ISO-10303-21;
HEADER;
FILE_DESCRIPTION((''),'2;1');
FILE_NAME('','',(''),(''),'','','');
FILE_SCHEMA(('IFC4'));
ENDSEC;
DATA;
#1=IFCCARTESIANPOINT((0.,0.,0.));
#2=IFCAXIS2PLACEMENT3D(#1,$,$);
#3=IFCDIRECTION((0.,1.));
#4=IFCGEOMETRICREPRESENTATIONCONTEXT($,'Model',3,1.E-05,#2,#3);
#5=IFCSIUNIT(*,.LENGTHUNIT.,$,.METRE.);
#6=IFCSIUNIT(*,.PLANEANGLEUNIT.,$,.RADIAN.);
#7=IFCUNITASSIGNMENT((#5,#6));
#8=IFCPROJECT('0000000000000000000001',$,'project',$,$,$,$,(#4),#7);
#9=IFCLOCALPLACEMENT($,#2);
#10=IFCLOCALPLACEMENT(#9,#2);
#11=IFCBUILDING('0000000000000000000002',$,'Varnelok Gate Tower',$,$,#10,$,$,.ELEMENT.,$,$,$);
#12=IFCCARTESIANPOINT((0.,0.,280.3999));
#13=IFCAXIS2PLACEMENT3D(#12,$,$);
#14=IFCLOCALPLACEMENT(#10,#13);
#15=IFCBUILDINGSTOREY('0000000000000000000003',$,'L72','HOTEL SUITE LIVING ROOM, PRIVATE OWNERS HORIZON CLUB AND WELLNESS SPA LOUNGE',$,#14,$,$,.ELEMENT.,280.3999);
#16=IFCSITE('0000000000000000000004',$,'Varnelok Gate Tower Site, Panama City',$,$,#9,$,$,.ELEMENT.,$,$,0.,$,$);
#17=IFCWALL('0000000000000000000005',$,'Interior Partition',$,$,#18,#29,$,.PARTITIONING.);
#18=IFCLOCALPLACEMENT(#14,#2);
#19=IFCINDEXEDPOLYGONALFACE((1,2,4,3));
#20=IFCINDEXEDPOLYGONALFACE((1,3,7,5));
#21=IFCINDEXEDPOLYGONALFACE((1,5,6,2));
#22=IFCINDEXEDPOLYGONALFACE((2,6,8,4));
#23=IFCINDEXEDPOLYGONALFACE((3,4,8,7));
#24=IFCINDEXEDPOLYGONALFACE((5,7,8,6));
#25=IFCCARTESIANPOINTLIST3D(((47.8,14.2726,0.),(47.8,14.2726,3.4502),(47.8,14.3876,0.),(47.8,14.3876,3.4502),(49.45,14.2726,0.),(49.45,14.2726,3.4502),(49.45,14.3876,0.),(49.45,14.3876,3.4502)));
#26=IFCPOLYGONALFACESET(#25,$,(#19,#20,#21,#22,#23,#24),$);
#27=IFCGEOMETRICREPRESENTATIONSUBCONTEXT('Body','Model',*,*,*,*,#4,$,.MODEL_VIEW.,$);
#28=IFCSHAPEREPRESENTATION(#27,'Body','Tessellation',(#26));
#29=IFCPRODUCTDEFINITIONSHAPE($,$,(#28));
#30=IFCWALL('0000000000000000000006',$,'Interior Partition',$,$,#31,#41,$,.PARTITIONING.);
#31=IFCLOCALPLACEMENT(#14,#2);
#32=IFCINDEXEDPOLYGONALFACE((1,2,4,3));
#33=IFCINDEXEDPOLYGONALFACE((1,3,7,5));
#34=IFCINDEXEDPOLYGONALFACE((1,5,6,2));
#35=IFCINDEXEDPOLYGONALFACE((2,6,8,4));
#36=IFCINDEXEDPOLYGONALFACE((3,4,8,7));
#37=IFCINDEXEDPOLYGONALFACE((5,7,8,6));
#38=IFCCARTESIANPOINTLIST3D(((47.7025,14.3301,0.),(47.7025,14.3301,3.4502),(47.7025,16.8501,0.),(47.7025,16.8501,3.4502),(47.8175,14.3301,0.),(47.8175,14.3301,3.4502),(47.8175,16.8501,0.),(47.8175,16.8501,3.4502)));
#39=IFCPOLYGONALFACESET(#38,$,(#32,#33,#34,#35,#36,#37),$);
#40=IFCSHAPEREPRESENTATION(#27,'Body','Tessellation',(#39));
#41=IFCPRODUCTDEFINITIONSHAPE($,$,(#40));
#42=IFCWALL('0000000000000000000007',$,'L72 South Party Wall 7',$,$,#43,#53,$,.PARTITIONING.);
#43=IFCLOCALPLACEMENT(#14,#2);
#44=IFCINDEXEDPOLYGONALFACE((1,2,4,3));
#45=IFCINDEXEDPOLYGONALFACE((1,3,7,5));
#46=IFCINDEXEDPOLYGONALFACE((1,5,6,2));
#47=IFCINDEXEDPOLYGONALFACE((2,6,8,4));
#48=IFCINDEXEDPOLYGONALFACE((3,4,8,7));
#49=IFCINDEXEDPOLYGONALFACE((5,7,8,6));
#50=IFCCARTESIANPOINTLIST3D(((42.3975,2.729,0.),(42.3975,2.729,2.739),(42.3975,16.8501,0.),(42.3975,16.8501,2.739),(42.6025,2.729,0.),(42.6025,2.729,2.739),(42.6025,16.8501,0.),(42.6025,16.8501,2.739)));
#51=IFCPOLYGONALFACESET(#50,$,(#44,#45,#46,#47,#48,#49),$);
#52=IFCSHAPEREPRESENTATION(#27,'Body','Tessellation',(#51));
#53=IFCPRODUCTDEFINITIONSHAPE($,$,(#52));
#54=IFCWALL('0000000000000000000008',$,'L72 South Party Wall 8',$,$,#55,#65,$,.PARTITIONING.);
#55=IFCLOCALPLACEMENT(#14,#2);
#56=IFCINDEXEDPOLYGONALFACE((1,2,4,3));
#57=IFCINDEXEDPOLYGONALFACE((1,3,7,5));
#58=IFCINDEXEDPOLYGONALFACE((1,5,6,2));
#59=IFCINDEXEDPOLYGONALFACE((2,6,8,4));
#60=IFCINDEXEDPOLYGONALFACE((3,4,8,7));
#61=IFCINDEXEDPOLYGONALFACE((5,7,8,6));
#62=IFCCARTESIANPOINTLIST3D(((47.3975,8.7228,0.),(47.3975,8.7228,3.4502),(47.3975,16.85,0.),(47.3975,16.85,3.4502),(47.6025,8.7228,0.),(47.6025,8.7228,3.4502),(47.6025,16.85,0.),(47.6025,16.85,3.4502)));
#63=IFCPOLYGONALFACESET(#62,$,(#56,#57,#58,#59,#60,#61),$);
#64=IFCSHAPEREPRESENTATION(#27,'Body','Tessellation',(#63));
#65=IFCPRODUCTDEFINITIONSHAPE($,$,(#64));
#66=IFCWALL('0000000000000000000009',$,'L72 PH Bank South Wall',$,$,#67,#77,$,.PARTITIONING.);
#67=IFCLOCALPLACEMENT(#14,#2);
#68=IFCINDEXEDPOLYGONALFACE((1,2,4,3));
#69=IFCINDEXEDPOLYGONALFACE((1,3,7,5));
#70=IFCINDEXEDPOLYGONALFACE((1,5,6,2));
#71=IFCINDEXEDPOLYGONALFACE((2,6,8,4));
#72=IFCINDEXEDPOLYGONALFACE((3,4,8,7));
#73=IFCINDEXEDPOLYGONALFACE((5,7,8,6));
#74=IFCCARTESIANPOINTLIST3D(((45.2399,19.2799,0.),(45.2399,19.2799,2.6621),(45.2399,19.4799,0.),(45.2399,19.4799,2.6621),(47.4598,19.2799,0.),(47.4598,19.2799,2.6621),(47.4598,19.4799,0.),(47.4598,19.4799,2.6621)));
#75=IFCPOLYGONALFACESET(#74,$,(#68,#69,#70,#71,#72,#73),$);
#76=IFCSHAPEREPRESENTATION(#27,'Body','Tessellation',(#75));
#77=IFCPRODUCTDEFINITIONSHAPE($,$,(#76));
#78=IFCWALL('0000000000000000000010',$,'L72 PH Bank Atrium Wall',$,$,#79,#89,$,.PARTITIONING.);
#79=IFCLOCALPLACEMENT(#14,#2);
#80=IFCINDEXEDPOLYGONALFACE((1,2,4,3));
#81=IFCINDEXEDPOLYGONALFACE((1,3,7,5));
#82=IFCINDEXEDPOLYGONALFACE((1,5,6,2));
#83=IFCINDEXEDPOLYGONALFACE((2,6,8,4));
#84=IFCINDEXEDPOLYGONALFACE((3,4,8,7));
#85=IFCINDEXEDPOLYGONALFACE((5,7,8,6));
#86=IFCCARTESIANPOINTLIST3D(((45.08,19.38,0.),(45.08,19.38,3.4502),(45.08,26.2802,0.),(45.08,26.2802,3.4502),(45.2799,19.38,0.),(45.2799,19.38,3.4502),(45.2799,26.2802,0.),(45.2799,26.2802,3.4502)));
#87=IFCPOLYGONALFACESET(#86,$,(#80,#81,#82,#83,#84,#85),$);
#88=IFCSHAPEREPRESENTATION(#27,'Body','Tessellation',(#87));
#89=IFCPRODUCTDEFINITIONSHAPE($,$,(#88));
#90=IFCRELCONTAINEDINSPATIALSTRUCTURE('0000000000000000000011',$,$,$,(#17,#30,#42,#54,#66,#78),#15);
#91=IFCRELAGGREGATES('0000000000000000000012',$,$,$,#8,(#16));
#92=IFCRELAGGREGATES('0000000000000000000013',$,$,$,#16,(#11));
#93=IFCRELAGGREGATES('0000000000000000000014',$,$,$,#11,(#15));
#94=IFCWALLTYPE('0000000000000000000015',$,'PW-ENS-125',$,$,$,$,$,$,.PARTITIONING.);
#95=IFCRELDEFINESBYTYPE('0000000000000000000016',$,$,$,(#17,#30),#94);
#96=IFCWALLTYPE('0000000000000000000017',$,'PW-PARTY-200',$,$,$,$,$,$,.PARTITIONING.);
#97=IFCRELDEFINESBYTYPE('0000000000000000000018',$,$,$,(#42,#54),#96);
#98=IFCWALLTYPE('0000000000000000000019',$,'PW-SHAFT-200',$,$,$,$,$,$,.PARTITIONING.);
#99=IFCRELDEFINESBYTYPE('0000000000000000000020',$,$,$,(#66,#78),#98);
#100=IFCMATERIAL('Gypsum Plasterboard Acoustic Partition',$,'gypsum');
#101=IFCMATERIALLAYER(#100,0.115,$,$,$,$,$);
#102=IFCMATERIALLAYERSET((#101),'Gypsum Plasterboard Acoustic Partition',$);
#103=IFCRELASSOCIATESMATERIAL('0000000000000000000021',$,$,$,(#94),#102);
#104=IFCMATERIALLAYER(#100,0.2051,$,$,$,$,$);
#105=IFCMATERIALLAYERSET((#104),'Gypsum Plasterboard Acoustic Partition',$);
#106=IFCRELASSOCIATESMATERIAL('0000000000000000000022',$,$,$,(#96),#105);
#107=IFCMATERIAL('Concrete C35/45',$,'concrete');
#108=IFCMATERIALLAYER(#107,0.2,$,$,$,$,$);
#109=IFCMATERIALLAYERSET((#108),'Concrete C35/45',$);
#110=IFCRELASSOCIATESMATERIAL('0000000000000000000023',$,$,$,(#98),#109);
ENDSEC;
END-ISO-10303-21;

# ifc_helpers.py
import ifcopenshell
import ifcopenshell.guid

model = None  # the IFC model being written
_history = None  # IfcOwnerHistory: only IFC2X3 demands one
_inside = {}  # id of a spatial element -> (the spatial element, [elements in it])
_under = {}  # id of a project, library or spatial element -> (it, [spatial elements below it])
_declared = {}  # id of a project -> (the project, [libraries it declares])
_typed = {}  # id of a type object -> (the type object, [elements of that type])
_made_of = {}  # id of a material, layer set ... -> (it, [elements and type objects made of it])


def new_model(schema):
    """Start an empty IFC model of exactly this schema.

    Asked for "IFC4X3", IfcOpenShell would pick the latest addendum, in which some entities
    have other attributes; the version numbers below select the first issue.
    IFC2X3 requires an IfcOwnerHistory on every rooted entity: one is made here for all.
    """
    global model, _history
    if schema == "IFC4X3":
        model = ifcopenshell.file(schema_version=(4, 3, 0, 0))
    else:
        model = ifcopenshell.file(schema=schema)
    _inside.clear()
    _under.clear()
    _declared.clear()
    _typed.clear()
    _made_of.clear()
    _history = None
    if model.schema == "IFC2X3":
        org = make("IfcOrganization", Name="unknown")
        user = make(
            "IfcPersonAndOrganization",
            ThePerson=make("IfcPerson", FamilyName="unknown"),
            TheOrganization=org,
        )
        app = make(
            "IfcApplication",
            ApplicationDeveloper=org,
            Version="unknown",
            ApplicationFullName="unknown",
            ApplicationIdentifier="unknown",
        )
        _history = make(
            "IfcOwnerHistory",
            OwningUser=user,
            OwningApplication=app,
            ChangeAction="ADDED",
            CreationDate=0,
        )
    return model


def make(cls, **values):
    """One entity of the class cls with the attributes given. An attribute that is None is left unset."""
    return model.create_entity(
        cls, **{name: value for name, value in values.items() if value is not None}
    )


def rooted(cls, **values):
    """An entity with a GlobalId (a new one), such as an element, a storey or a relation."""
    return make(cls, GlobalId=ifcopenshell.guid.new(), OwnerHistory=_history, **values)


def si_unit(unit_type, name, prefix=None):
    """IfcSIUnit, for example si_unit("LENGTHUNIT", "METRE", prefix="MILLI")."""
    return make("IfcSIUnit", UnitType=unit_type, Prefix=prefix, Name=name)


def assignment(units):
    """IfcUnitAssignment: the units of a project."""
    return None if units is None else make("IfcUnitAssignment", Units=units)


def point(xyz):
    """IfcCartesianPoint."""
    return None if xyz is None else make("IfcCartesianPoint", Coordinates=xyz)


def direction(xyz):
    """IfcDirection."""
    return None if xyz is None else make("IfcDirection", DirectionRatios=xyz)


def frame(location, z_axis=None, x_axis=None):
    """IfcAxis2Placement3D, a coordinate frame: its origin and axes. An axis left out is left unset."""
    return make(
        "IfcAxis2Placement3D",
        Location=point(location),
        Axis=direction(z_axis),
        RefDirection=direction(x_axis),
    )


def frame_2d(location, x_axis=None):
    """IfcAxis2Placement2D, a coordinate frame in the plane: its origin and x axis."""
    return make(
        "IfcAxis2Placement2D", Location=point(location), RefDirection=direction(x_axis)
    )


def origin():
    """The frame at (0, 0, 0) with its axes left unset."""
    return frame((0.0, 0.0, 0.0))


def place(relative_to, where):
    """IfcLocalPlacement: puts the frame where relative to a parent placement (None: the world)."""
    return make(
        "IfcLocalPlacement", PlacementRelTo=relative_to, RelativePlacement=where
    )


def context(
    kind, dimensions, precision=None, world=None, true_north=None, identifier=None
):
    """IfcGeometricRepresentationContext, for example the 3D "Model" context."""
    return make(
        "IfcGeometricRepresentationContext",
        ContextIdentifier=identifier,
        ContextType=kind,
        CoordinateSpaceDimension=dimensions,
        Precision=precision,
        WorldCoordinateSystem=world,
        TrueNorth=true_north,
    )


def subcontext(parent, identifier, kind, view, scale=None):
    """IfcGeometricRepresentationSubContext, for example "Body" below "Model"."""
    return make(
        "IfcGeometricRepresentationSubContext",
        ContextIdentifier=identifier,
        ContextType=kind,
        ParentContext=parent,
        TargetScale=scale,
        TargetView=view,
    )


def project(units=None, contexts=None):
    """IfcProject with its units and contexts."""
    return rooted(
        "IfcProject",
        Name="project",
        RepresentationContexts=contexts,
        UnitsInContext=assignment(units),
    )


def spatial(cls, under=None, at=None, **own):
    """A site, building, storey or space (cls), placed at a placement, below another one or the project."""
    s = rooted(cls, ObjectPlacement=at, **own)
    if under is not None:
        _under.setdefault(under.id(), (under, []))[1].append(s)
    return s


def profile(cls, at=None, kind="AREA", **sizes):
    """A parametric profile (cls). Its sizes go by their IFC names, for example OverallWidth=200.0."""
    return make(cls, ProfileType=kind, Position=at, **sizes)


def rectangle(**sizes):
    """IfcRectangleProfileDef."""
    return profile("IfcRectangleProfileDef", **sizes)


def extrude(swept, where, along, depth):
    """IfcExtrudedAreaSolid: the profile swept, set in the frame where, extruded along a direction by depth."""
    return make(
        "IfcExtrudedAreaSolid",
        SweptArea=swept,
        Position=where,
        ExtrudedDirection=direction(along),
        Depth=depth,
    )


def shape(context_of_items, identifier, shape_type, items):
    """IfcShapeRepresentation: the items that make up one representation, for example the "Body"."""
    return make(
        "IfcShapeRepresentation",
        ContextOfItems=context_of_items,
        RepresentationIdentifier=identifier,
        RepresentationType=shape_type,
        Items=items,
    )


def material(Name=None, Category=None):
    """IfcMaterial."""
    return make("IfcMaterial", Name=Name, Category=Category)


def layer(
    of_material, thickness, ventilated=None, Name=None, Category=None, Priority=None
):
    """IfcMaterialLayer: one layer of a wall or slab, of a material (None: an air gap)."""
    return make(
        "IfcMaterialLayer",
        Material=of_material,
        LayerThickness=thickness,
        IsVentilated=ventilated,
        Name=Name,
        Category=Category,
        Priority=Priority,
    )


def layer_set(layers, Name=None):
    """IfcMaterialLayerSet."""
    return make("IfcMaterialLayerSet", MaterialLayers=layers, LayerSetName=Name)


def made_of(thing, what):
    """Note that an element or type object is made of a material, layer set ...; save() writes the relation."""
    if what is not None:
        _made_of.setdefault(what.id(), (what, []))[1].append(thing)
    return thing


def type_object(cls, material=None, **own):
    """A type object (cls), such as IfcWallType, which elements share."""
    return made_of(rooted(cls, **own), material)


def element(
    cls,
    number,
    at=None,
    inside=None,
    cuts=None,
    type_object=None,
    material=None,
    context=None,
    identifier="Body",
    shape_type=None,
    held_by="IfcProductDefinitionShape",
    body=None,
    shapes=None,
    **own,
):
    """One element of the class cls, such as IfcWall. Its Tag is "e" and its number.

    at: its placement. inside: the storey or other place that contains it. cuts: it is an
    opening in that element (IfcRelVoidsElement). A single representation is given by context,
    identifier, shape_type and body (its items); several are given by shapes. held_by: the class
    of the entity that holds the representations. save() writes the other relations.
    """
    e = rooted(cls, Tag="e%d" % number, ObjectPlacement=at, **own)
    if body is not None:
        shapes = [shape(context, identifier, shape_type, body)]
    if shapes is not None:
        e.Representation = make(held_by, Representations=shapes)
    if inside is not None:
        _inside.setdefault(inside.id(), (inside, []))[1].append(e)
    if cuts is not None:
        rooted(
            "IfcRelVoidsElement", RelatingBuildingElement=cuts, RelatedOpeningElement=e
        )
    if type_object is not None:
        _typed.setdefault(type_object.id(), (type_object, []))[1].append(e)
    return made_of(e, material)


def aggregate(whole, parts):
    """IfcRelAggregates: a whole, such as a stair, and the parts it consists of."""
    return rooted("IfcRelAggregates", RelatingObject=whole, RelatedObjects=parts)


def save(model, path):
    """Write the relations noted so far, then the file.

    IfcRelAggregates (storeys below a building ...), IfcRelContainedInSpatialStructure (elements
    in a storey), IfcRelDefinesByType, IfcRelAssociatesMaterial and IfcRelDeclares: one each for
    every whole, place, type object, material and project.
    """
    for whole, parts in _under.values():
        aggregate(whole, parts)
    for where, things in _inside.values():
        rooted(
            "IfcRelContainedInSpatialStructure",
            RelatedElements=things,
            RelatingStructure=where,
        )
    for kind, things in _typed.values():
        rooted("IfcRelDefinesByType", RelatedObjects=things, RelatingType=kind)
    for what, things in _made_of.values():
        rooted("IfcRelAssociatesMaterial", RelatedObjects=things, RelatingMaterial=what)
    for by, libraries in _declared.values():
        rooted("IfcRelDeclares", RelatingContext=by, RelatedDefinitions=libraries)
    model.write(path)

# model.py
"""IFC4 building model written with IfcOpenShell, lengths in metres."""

from ifc_helpers import new_model, si_unit, direction, frame, frame_2d, origin, place, context, subcontext, project, spatial, rectangle, extrude, material, layer, layer_set, type_object, element, save


model = new_model("IFC4")

# Units and contexts
model_context = context("Model", 3, precision=1e-05, world=origin(), true_north=direction((0.0, 1.0)))
body_context = subcontext(model_context, "Body", "Model", "MODEL_VIEW")
ifc_project = project(units=[si_unit("LENGTHUNIT", "METRE"), si_unit("PLANEANGLEUNIT", "RADIAN")], contexts=[model_context])

# Site, building, storey
site_placement = place(None, origin())
site = spatial("IfcSite", under=ifc_project, at=site_placement, Name="Varnelok Gate Tower Site, Panama City", CompositionType="ELEMENT", RefElevation=0.0)
building_placement = place(site_placement, origin())
building = spatial("IfcBuilding", under=site, at=building_placement, Name="Varnelok Gate Tower", CompositionType="ELEMENT")
storey_placement = place(building_placement, frame((0.0, 0.0, 280.3999)))
storey = spatial("IfcBuildingStorey", under=building, at=storey_placement, Name="L72", Description="HOTEL SUITE LIVING ROOM, PRIVATE OWNERS HORIZON CLUB AND WELLNESS SPA LOUNGE", CompositionType="ELEMENT", Elevation=280.3999)

# Shared definitions
ifc_material_1 = material(Name="Gypsum Plasterboard Acoustic Partition", Category="gypsum")

# Shared definitions
ifc_layer_1 = layer(ifc_material_1, 0.115)
ifc_layer_set_1 = layer_set([ifc_layer_1], Name="Gypsum Plasterboard Acoustic Partition")
wall_type_1 = type_object("IfcWallType", Name="PW-ENS-125", PredefinedType="PARTITIONING", material=ifc_layer_set_1)

# Walls
wall_1_placement = place(storey_placement, frame((47.8, 14.3301, 0.0), z_axis=(0.0, 0.0, 1.0), x_axis=(1.0, 0.0, 0.0)))
element("IfcWall", 1, at=wall_1_placement, inside=storey, type_object=wall_type_1, Name="Interior Partition", PredefinedType="PARTITIONING", context=body_context, shape_type="SweptSolid", body=[
    extrude(rectangle(XDim=1.6499, YDim=0.115, at=frame_2d((0.825, 0.0))), origin(), (0.0, 0.0, 1.0), 3.4502),
])
wall_2_placement = place(storey_placement, frame((47.76, 14.3301, 0.0), z_axis=(0.0, 0.0, 1.0), x_axis=(0.0, 1.0, 0.0)))
element("IfcWall", 2, at=wall_2_placement, inside=storey, type_object=wall_type_1, Name="Interior Partition", PredefinedType="PARTITIONING", context=body_context, shape_type="SweptSolid", body=[
    extrude(rectangle(XDim=2.52, YDim=0.115, at=frame_2d((1.26, 0.0))), origin(), (0.0, 0.0, 1.0), 3.4502),
])
ifc_layer_2 = layer(ifc_material_1, 0.2051)
ifc_layer_set_2 = layer_set([ifc_layer_2], Name="Gypsum Plasterboard Acoustic Partition")
wall_type_2 = type_object("IfcWallType", Name="PW-PARTY-200", PredefinedType="PARTITIONING", material=ifc_layer_set_2)
wall_3_placement = place(storey_placement, frame((42.5, 2.729, 0.0), z_axis=(0.0, 0.0, 1.0), x_axis=(0.0, 1.0, 0.0)))
element("IfcWall", 3, at=wall_3_placement, inside=storey, type_object=wall_type_2, Name="L72 South Party Wall 7", PredefinedType="PARTITIONING", context=body_context, shape_type="SweptSolid", body=[
    extrude(rectangle(XDim=14.1211, YDim=0.2051, at=frame_2d((7.0605, 0.0))), origin(), (0.0, 0.0, 1.0), 2.739),
])
wall_4_placement = place(storey_placement, frame((47.5, 8.7229, 0.0), z_axis=(0.0, 0.0, 1.0), x_axis=(0.0, 1.0, 0.0)))
element("IfcWall", 4, at=wall_4_placement, inside=storey, type_object=wall_type_2, Name="L72 South Party Wall 8", PredefinedType="PARTITIONING", context=body_context, shape_type="SweptSolid", body=[
    extrude(rectangle(XDim=8.1272, YDim=0.2051, at=frame_2d((4.0635, 0.0))), origin(), (0.0, 0.0, 1.0), 3.4502),
])
ifc_material_2 = material(Name="Concrete C35/45", Category="concrete")
ifc_layer_3 = layer(ifc_material_2, 0.2)
ifc_layer_set_3 = layer_set([ifc_layer_3], Name="Concrete C35/45")
wall_type_3 = type_object("IfcWallType", Name="PW-SHAFT-200", PredefinedType="PARTITIONING", material=ifc_layer_set_3)
wall_5_placement = place(storey_placement, frame((45.24, 19.3799, 0.0), z_axis=(0.0, 0.0, 1.0), x_axis=(1.0, 0.0, 0.0)))
element("IfcWall", 5, at=wall_5_placement, inside=storey, type_object=wall_type_3, Name="L72 PH Bank South Wall", PredefinedType="PARTITIONING", context=body_context, shape_type="SweptSolid", body=[
    extrude(rectangle(XDim=2.22, YDim=0.2, at=frame_2d((1.1099, 0.0))), origin(), (0.0, 0.0, 1.0), 2.6621),
])
wall_6_placement = place(storey_placement, frame((45.1799, 19.3799, 0.0), z_axis=(0.0, 0.0, 1.0), x_axis=(0.0, 1.0, 0.0)))
element("IfcWall", 6, at=wall_6_placement, inside=storey, type_object=wall_type_3, Name="L72 PH Bank Atrium Wall", PredefinedType="PARTITIONING", context=body_context, shape_type="SweptSolid", body=[
    extrude(rectangle(XDim=6.9001, YDim=0.2, at=frame_2d((3.4502, 0.0))), origin(), (0.0, 0.0, 1.0), 3.4502),
])

save(model, "model.ifc")
